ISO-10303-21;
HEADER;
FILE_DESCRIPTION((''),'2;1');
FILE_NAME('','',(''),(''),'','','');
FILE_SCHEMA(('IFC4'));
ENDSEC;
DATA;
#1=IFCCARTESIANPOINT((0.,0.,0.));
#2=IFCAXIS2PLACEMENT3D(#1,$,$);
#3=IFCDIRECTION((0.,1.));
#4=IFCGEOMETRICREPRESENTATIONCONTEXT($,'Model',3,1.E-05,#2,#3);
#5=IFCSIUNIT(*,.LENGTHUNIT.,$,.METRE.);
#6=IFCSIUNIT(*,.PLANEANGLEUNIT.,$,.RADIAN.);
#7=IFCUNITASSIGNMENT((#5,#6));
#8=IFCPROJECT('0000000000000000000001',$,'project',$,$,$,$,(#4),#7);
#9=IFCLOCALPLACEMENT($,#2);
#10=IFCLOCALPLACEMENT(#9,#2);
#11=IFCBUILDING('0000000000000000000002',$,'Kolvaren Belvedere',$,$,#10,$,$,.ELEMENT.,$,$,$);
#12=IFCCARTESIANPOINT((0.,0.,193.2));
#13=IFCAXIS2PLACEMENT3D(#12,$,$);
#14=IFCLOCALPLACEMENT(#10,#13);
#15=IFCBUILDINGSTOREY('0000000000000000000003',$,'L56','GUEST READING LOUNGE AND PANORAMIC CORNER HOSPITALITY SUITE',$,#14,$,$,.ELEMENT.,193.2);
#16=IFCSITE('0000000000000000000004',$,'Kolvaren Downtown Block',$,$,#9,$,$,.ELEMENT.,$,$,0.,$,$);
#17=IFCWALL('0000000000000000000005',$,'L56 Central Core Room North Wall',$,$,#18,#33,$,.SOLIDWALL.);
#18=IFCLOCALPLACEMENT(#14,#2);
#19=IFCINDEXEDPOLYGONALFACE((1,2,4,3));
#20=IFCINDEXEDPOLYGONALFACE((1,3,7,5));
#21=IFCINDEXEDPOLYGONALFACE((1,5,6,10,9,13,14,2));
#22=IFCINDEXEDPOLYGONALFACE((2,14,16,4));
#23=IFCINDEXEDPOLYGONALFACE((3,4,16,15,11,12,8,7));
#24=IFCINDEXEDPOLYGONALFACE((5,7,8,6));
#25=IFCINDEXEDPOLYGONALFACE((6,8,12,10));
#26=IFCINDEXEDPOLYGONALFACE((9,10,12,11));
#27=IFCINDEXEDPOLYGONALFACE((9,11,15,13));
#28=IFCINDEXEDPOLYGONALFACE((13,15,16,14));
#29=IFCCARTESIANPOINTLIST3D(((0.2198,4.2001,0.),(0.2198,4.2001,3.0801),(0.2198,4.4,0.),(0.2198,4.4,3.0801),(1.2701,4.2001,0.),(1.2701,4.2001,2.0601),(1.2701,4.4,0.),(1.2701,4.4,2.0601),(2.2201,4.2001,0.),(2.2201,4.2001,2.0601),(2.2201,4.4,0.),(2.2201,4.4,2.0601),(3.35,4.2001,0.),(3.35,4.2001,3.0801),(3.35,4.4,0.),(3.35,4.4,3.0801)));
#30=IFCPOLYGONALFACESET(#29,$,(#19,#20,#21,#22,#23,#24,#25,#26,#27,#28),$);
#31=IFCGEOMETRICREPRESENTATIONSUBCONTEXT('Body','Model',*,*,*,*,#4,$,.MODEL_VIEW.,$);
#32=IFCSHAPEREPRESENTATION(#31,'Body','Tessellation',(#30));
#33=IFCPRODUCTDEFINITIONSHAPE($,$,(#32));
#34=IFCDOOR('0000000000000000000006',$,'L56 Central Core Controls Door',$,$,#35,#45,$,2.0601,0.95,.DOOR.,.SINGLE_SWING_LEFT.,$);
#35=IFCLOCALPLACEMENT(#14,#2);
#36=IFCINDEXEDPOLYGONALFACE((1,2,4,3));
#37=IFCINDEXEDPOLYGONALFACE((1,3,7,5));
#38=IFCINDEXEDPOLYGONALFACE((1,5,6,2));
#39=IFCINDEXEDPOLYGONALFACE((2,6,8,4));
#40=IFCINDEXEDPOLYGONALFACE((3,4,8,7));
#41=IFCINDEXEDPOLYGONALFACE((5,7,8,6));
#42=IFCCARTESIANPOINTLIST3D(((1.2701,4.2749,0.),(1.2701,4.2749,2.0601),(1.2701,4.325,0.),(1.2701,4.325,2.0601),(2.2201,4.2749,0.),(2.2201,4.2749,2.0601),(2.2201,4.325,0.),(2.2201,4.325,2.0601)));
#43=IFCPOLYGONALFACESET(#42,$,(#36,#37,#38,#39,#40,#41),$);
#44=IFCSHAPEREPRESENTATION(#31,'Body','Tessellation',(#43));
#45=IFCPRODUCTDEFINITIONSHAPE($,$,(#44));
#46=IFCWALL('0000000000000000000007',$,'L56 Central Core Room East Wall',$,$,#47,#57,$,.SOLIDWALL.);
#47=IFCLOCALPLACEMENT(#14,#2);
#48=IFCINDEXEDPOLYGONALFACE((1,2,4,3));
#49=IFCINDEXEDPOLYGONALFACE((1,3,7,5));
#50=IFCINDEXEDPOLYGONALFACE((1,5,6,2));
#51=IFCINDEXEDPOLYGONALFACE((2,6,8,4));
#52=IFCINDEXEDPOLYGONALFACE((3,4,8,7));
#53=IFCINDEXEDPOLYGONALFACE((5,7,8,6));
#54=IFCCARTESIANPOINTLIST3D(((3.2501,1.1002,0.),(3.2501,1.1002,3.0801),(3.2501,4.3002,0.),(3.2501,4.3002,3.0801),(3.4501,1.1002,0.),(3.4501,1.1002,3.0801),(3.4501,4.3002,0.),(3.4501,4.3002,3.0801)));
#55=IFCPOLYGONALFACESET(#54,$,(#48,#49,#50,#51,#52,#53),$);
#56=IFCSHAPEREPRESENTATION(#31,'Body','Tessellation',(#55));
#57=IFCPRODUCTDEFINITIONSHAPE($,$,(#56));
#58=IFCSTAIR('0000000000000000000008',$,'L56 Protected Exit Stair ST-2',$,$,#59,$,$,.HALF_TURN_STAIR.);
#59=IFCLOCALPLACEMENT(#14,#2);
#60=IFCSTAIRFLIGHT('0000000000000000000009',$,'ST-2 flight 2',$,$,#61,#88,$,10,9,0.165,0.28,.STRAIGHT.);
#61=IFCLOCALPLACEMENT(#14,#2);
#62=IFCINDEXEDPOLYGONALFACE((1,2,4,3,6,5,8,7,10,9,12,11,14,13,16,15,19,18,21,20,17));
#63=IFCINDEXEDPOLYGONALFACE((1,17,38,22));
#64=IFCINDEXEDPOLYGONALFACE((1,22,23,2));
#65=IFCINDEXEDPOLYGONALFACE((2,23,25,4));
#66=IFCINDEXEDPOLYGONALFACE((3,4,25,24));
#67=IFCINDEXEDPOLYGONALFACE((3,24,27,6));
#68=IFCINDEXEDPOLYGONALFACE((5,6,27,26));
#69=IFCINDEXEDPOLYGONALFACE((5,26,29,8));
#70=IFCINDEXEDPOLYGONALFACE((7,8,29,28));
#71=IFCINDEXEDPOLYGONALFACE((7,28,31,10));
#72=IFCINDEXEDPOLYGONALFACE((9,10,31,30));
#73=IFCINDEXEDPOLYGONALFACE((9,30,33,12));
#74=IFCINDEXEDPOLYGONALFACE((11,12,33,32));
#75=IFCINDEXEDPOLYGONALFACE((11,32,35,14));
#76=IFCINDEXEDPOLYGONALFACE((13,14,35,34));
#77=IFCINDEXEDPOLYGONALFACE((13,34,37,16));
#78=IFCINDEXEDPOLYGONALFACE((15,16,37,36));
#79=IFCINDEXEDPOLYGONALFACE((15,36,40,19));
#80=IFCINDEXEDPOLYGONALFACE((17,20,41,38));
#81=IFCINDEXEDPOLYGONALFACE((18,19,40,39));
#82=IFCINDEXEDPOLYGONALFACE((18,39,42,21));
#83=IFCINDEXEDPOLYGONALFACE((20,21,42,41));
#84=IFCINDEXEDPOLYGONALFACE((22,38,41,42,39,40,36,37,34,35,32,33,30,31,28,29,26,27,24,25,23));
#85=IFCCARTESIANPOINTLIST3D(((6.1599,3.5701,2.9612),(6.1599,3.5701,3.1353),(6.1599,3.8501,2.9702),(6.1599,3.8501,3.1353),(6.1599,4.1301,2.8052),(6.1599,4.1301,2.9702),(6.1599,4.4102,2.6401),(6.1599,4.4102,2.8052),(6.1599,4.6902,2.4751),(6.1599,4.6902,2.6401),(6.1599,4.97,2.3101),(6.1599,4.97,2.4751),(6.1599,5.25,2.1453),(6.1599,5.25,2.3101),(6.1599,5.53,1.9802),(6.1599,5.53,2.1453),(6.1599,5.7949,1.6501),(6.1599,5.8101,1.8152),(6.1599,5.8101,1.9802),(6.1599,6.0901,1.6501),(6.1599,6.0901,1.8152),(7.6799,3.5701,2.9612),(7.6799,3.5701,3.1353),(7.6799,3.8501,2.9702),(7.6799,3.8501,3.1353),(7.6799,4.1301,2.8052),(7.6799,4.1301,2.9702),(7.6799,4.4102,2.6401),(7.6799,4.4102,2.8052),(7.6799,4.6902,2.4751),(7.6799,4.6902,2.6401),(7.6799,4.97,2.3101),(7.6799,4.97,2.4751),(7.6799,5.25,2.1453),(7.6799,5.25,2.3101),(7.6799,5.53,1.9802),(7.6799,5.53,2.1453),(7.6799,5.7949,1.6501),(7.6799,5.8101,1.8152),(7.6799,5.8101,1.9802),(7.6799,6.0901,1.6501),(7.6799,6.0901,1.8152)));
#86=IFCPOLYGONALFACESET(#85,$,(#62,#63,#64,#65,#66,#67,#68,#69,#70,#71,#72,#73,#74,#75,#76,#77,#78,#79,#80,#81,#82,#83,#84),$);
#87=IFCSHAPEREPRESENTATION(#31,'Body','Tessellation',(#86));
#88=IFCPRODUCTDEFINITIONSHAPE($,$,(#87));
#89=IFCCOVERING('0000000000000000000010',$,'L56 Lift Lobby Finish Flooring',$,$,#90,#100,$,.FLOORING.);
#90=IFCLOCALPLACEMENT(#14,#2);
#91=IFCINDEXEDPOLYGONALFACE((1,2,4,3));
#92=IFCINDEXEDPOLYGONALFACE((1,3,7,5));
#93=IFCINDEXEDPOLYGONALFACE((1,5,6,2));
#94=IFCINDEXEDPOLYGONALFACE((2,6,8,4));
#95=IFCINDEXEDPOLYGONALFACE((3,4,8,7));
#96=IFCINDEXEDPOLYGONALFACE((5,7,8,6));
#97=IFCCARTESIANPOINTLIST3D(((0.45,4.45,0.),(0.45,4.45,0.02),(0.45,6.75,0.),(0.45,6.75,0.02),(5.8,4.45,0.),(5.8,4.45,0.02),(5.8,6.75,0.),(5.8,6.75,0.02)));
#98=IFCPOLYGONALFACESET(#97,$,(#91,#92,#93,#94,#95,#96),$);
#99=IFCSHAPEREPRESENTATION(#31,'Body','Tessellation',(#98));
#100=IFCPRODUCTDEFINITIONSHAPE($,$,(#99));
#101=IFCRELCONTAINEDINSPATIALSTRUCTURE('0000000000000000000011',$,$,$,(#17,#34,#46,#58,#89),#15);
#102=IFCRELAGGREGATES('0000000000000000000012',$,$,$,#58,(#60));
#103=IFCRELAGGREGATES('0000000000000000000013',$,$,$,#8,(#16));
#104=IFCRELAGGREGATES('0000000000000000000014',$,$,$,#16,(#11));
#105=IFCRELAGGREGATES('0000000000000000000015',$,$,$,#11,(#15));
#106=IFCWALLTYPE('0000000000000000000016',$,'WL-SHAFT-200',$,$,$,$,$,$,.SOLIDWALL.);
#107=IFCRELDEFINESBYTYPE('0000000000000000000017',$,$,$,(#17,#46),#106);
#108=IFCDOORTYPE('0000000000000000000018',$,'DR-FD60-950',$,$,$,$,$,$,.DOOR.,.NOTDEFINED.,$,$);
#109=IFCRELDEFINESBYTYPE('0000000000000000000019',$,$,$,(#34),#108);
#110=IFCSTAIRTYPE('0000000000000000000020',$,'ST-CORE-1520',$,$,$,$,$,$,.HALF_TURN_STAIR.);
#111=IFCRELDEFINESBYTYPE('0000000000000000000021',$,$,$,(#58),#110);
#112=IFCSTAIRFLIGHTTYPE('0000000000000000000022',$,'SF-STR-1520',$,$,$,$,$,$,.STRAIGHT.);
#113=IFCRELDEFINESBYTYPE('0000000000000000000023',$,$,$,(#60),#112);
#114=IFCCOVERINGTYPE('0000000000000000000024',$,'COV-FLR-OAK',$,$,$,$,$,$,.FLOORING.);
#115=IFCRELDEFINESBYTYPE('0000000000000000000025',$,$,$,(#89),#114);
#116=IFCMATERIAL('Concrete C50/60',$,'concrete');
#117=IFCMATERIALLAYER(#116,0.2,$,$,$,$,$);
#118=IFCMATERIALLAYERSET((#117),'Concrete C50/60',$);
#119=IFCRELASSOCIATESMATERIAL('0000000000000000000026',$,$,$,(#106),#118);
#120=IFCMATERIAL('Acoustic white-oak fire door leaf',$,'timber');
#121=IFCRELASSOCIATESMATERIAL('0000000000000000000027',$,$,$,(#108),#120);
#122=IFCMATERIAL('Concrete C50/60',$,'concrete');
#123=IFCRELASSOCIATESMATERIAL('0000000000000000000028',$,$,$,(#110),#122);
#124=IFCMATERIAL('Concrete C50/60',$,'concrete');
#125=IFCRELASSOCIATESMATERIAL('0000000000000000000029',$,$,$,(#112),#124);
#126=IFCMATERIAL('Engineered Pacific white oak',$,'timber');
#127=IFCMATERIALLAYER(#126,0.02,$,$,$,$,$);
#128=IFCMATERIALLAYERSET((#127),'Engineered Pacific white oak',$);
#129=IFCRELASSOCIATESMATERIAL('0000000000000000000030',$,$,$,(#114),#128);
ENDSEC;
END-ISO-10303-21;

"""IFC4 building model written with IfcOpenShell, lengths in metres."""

from ifc_helpers import new_model, si_unit, direction, frame, frame_2d, origin, place, context, subcontext, project, spatial, polyline, rectangle, outline, extrude, material, layer, layer_set, type_object, element, fill, aggregate, save


model = new_model("IFC4")

# Units and contexts
model_context = context("Model", 3, precision=1e-05, world=origin(), true_north=direction((0.0, 1.0)))
body_context = subcontext(model_context, "Body", "Model", "MODEL_VIEW")
ifc_project = project(units=[si_unit("LENGTHUNIT", "METRE"), si_unit("PLANEANGLEUNIT", "RADIAN")], contexts=[model_context])

# Site, building, storey
site_placement = place(None, origin())
site = spatial("IfcSite", under=ifc_project, at=site_placement, Name="Kolvaren Downtown Block", CompositionType="ELEMENT", RefElevation=0.0)
building_placement = place(site_placement, origin())
building = spatial("IfcBuilding", under=site, at=building_placement, Name="Kolvaren Belvedere", CompositionType="ELEMENT")
storey_placement = place(building_placement, frame((0.0, 0.0, 193.2)))
storey = spatial("IfcBuildingStorey", under=building, at=storey_placement, Name="L56", Description="GUEST READING LOUNGE AND PANORAMIC CORNER HOSPITALITY SUITE", CompositionType="ELEMENT", Elevation=193.2)

# Shared definitions
ifc_material_1 = material(Name="Concrete C50/60", Category="concrete")
ifc_layer_1 = layer(ifc_material_1, 0.2)
ifc_layer_set_1 = layer_set([ifc_layer_1], Name="Concrete C50/60")
wall_type_1 = type_object("IfcWallType", Name="WL-SHAFT-200", PredefinedType="SOLIDWALL", material=ifc_layer_set_1)

# Wall, opening, door
wall_1_placement = place(storey_placement, frame((0.22, 4.3, 0.0), z_axis=(0.0, 0.0, 1.0), x_axis=(1.0, 0.0, 0.0)))
wall_1 = element("IfcWall", 1, at=wall_1_placement, inside=storey, type_object=wall_type_1, Name="L56 Central Core Room North Wall", PredefinedType="SOLIDWALL", context=body_context, shape_type="SweptSolid", body=[
    extrude(rectangle(XDim=3.1301, YDim=0.2, at=frame_2d((1.5649, 0.0))), origin(), (0.0, 0.0, 1.0), 3.0801),
])
opening_1_placement = place(wall_1_placement, frame((1.05, 0.0, 0.0)))
opening_1 = element("IfcOpeningElement", 2, at=opening_1_placement, cuts=wall_1, PredefinedType="OPENING", context=body_context, shape_type="SweptSolid", body=[
    extrude(rectangle(XDim=0.95, YDim=2.0601, at=frame_2d((0.4751, 1.03))), frame((0.0, 0.1099, 0.0), z_axis=(0.0, -1.0, 0.0), x_axis=(1.0, 0.0, 0.0)), (0.0, 0.0, 1.0), 0.22),
])
ifc_material_2 = material(Name="Acoustic white-oak fire door leaf", Category="timber")
door_type_1 = type_object("IfcDoorType", Name="DR-FD60-950", OperationType="NOTDEFINED", PredefinedType="DOOR", material=ifc_material_2)
door_1_placement = place(opening_1_placement, origin())
door_1 = element("IfcDoor", 3, at=door_1_placement, inside=storey, type_object=door_type_1, Name="L56 Central Core Controls Door", OperationType="SINGLE_SWING_LEFT", OverallHeight=2.0601, OverallWidth=0.95, PredefinedType="DOOR", context=body_context, shape_type="SweptSolid", body=[
    extrude(rectangle(XDim=0.95, YDim=2.0601, at=frame_2d((0.4751, 1.03))), frame((0.0, 0.0249, 0.0), z_axis=(0.0, -1.0, 0.0), x_axis=(1.0, 0.0, 0.0)), (0.0, 0.0, 1.0), 0.05),
])
fill(opening_1, door_1)

# Wall
wall_2_placement = place(storey_placement, frame((3.3501, 1.1001, 0.0), z_axis=(0.0, 0.0, 1.0), x_axis=(0.0, 1.0, 0.0)))
element("IfcWall", 4, at=wall_2_placement, inside=storey, type_object=wall_type_1, Name="L56 Central Core Room East Wall", PredefinedType="SOLIDWALL", context=body_context, shape_type="SweptSolid", body=[
    extrude(rectangle(XDim=3.2, YDim=0.2, at=frame_2d((1.6001, 0.0))), origin(), (0.0, 0.0, 1.0), 3.0801),
])

# Stair, stair flight
ifc_material_3 = material(Name="Concrete C50/60", Category="concrete")
stair_type = type_object("IfcStairType", Name="ST-CORE-1520", PredefinedType="HALF_TURN_STAIR", material=ifc_material_3)
stair_placement = place(storey_placement, origin())
stair = element("IfcStair", 5, at=stair_placement, inside=storey, type_object=stair_type, Name="L56 Protected Exit Stair ST-2", PredefinedType="HALF_TURN_STAIR")
ifc_material_4 = material(Name="Concrete C50/60", Category="concrete")
stair_flight_type = type_object("IfcStairFlightType", Name="SF-STR-1520", PredefinedType="STRAIGHT", material=ifc_material_4)
stair_flight_placement = place(storey_placement, frame((6.9199, 6.0901, 1.6501), z_axis=(0.0, 0.0, 1.0), x_axis=(0.0, -1.0, 0.0)))
stair_flight = element("IfcStairFlight", 6, at=stair_flight_placement, type_object=stair_flight_type, Name="ST-2 flight 2", NumberOfRisers=10, NumberOfTreads=9, PredefinedType="STRAIGHT", RiserHeight=0.165, TreadLength=0.28, context=body_context, shape_type="SweptSolid", body=[
    extrude(outline(polyline([(0.0, 0.0), (0.0, 0.165), (0.28, 0.165), (0.28, 0.3301), (0.5601, 0.3301), (0.5601, 0.4951), (0.8401, 0.4951), (0.8401, 0.6599), (1.1201, 0.6599), (1.1201, 0.825), (1.3999, 0.825), (1.3999, 0.99), (1.6799, 0.99), (1.6799, 1.155), (1.96, 1.155), (1.96, 1.3201), (2.24, 1.3201), (2.24, 1.4851), (2.52, 1.4851), (2.52, 1.6499), (2.52, 1.311), (0.2952, 0.0), (0.0, 0.0)])), frame((0.0, 0.76, 0.0), z_axis=(0.0, -1.0, 0.0), x_axis=(1.0, 0.0, 0.0)), (0.0, 0.0, 1.0), 1.52),
])
aggregate(stair, [stair_flight])

# Covering
ifc_material_5 = material(Name="Engineered Pacific white oak", Category="timber")
ifc_layer_2 = layer(ifc_material_5, 0.02)
ifc_layer_set_2 = layer_set([ifc_layer_2], Name="Engineered Pacific white oak")
covering_type = type_object("IfcCoveringType", Name="COV-FLR-OAK", PredefinedType="FLOORING", material=ifc_layer_set_2)
covering_placement = place(storey_placement, origin())
element("IfcCovering", 7, at=covering_placement, inside=storey, type_object=covering_type, Name="L56 Lift Lobby Finish Flooring", PredefinedType="FLOORING", context=body_context, shape_type="SweptSolid", body=[
    extrude(outline(polyline([(0.45, 4.45), (5.8, 4.45), (5.8, 6.75), (0.45, 6.75), (0.45, 4.45)])), origin(), (0.0, 0.0, 1.0), 0.02),
])

save(model, "model.ifc")
